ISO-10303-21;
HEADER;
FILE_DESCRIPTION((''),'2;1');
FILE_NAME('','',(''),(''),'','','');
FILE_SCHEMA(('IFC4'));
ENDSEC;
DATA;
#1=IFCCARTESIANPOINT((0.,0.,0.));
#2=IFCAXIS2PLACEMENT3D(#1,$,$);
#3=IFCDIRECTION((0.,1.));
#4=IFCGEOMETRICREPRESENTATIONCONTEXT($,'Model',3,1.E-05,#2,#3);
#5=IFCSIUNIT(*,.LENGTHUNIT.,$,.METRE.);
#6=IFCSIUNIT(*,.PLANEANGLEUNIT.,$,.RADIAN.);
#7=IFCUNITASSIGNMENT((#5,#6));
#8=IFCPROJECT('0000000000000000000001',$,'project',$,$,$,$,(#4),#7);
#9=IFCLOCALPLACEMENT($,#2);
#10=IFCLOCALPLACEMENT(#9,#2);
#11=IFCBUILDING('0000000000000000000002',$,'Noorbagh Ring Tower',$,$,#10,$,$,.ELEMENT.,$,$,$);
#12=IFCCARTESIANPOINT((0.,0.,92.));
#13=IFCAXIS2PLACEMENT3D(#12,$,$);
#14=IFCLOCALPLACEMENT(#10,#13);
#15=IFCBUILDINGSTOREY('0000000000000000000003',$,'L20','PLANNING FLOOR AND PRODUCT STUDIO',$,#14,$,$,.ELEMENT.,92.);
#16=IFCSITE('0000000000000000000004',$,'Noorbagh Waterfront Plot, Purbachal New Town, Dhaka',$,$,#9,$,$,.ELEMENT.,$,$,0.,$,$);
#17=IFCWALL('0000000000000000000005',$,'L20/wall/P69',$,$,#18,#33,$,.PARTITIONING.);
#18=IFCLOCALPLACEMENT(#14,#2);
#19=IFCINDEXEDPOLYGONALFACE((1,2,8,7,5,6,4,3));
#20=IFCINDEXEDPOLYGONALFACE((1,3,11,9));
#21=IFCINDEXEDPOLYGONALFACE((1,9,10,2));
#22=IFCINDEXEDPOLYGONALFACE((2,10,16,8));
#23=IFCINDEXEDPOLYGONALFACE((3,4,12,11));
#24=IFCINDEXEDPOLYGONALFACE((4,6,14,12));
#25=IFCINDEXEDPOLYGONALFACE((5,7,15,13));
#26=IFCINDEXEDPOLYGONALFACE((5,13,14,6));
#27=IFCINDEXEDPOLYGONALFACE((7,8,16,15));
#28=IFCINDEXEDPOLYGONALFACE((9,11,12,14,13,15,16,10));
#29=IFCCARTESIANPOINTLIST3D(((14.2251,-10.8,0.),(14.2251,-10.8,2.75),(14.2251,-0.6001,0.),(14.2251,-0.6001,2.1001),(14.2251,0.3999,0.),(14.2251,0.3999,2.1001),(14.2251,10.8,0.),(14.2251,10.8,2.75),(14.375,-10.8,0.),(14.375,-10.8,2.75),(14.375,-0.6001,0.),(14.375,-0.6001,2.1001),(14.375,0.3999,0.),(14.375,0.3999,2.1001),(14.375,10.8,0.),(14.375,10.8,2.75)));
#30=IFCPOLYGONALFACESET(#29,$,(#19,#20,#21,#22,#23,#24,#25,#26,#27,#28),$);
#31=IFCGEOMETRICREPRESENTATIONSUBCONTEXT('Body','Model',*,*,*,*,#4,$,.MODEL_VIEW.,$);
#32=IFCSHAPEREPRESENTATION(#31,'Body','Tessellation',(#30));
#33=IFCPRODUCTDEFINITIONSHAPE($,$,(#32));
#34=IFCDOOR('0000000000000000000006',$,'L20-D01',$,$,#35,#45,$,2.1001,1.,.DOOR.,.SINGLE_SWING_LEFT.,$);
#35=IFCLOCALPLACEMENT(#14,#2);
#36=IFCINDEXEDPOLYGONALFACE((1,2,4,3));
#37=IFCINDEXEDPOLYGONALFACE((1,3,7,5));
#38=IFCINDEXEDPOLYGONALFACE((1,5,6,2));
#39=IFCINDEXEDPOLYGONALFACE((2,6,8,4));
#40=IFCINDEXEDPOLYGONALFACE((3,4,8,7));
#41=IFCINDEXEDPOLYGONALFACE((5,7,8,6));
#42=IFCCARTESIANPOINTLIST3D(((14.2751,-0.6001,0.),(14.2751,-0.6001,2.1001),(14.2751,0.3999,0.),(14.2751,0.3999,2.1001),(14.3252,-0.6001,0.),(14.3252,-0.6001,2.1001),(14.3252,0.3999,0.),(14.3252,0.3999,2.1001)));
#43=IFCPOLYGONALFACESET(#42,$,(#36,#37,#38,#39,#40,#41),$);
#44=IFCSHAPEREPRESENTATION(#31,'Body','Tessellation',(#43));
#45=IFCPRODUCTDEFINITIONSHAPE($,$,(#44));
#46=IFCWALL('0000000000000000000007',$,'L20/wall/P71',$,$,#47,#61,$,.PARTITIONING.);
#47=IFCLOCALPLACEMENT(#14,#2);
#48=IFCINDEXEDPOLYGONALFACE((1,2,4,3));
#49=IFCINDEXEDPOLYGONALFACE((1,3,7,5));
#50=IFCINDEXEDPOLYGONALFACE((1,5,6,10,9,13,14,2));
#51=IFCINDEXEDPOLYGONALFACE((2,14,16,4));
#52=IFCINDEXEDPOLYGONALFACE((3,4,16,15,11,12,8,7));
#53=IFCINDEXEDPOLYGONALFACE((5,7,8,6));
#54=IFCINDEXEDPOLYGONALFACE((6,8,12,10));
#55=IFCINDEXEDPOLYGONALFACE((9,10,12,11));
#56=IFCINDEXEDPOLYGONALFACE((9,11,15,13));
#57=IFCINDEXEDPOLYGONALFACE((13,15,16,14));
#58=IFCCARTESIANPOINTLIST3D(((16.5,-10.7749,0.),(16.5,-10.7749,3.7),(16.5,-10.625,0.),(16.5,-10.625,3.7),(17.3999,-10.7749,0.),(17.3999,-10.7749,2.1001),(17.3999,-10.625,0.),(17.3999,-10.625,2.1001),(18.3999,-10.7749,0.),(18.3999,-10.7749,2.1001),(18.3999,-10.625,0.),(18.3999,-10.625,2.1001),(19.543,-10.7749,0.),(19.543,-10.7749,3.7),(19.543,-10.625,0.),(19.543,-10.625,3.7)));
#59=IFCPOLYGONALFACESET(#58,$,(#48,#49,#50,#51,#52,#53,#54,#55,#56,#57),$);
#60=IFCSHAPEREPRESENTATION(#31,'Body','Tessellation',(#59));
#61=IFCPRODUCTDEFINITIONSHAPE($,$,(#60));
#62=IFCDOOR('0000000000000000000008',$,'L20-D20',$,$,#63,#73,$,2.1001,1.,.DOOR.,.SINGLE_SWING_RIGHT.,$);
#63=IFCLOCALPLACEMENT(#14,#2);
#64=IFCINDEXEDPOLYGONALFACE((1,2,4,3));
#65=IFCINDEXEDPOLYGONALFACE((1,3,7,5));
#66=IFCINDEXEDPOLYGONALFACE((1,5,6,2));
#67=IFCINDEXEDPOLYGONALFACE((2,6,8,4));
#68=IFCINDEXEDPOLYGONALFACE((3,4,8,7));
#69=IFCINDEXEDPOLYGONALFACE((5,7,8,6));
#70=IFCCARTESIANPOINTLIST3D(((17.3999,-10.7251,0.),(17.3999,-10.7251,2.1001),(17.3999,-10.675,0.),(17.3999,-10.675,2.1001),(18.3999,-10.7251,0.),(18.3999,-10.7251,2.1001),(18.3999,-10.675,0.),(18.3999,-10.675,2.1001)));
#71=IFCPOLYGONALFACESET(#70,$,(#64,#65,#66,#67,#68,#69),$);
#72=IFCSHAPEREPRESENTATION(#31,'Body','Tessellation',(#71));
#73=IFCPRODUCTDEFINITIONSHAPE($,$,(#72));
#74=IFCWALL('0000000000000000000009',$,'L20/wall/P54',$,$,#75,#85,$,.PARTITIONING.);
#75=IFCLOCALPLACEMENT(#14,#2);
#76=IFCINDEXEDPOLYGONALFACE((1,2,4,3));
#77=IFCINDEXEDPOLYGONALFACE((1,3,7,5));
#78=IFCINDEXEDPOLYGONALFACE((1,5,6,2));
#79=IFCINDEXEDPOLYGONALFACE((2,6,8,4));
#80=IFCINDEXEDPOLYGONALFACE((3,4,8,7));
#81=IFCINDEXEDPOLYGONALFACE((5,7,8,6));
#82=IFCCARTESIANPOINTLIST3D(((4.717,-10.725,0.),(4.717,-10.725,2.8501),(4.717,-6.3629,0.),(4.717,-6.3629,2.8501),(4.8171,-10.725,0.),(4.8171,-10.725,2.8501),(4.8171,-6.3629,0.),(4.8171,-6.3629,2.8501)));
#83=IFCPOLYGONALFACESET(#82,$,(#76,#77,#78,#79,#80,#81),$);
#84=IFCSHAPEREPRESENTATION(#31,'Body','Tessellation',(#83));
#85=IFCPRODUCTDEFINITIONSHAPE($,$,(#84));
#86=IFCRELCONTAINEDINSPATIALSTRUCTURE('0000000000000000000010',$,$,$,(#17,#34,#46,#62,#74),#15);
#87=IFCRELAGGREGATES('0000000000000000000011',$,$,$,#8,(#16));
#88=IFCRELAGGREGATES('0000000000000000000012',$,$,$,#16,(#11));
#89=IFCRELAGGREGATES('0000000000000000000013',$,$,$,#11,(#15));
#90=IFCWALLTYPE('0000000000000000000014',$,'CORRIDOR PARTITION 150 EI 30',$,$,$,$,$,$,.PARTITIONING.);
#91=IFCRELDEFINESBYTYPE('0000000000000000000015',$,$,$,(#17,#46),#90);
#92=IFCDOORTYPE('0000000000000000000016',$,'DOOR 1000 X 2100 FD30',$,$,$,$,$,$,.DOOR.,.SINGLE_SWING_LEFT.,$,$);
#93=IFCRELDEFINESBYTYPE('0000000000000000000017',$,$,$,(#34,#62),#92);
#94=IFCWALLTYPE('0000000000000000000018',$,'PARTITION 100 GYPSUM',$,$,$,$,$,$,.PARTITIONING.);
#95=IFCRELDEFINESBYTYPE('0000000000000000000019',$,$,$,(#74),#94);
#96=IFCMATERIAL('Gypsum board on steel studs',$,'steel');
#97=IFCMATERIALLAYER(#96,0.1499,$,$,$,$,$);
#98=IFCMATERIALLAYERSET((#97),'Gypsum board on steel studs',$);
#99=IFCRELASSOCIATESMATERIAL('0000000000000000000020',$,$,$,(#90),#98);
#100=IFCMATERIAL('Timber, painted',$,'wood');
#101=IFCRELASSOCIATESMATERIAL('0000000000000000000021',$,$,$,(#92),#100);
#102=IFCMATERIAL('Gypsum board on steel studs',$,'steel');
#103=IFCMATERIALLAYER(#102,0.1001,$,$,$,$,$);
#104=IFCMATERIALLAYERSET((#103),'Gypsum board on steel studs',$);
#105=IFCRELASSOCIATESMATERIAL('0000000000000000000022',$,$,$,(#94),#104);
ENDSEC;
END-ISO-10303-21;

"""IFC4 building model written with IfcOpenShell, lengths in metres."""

from ifc_helpers import new_model, si_unit, direction, frame, frame_2d, origin, place, context, subcontext, project, spatial, rectangle, extrude, material, layer, layer_set, type_object, element, fill, save


model = new_model("IFC4")

# Units and contexts
model_context = context("Model", 3, precision=1e-05, world=origin(), true_north=direction((0.0, 1.0)))
body_context = subcontext(model_context, "Body", "Model", "MODEL_VIEW")
ifc_project = project(units=[si_unit("LENGTHUNIT", "METRE"), si_unit("PLANEANGLEUNIT", "RADIAN")], contexts=[model_context])

# Site, building, storey
site_placement = place(None, origin())
site = spatial("IfcSite", under=ifc_project, at=site_placement, Name="Noorbagh Waterfront Plot, Purbachal New Town, Dhaka", CompositionType="ELEMENT", RefElevation=0.0)
building_placement = place(site_placement, origin())
building = spatial("IfcBuilding", under=site, at=building_placement, Name="Noorbagh Ring Tower", CompositionType="ELEMENT")
storey_placement = place(building_placement, frame((0.0, 0.0, 92.0)))
storey = spatial("IfcBuildingStorey", under=building, at=storey_placement, Name="L20", Description="PLANNING FLOOR AND PRODUCT STUDIO", CompositionType="ELEMENT", Elevation=92.0)

# Walls, openings, doors
ifc_material_1 = material(Name="Gypsum board on steel studs", Category="steel")
ifc_layer_1 = layer(ifc_material_1, 0.1499)
ifc_layer_set_1 = layer_set([ifc_layer_1], Name="Gypsum board on steel studs")
wall_type_1 = type_object("IfcWallType", Name="CORRIDOR PARTITION 150 EI 30", PredefinedType="PARTITIONING", material=ifc_layer_set_1)
ifc_material_2 = material(Name="Timber, painted", Category="wood")
door_type_1 = type_object("IfcDoorType", Name="DOOR 1000 X 2100 FD30", OperationType="SINGLE_SWING_LEFT", PredefinedType="DOOR", material=ifc_material_2)
wall_1_placement = place(storey_placement, frame((14.3, -10.8, 0.0), z_axis=(0.0, 0.0, 1.0), x_axis=(0.0, 1.0, 0.0)))
wall_1 = element("IfcWall", 1, at=wall_1_placement, inside=storey, type_object=wall_type_1, Name="L20/wall/P69", PredefinedType="PARTITIONING", context=body_context, shape_type="SweptSolid", body=[
    extrude(rectangle(XDim=21.6001, YDim=0.1499, at=frame_2d((10.8, 0.0))), origin(), (0.0, 0.0, 1.0), 2.75),
])
opening_1_placement = place(wall_1_placement, frame((10.2, 0.0, 0.0)))
opening_1 = element("IfcOpeningElement", 2, at=opening_1_placement, cuts=wall_1, PredefinedType="OPENING", context=body_context, shape_type="SweptSolid", body=[
    extrude(rectangle(XDim=1.0, YDim=2.1001, at=frame_2d((0.5, 1.05))), frame((0.0, 0.085, 0.0), z_axis=(0.0, -1.0, 0.0), x_axis=(1.0, 0.0, 0.0)), (0.0, 0.0, 1.0), 0.1699),
])
door_1_placement = place(opening_1_placement, origin())
door_1 = element("IfcDoor", 3, at=door_1_placement, inside=storey, type_object=door_type_1, Name="L20-D01", OperationType="SINGLE_SWING_LEFT", OverallHeight=2.1001, OverallWidth=1.0, PredefinedType="DOOR", context=body_context, shape_type="SweptSolid", body=[
    extrude(rectangle(XDim=1.0, YDim=2.1001, at=frame_2d((0.5, 1.05))), frame((0.0, 0.0249, 0.0), z_axis=(0.0, -1.0, 0.0), x_axis=(1.0, 0.0, 0.0)), (0.0, 0.0, 1.0), 0.05),
])
fill(opening_1, door_1)
wall_2_placement = place(storey_placement, frame((16.5, -10.7, 0.0), z_axis=(0.0, 0.0, 1.0), x_axis=(1.0, 0.0, 0.0)))
wall_2 = element("IfcWall", 4, at=wall_2_placement, inside=storey, type_object=wall_type_1, Name="L20/wall/P71", PredefinedType="PARTITIONING", context=body_context, shape_type="SweptSolid", body=[
    extrude(rectangle(XDim=3.043, YDim=0.1499, at=frame_2d((1.5215, 0.0))), origin(), (0.0, 0.0, 1.0), 3.7),
])
opening_2_placement = place(wall_2_placement, frame((0.8999, 0.0, 0.0)))
opening_2 = element("IfcOpeningElement", 5, at=opening_2_placement, cuts=wall_2, PredefinedType="OPENING", context=body_context, shape_type="SweptSolid", body=[
    extrude(rectangle(XDim=1.0, YDim=2.1001, at=frame_2d((0.5, 1.05))), frame((0.0, 0.085, 0.0), z_axis=(0.0, -1.0, 0.0), x_axis=(1.0, 0.0, 0.0)), (0.0, 0.0, 1.0), 0.1699),
])
door_2_placement = place(opening_2_placement, origin())
door_2 = element("IfcDoor", 6, at=door_2_placement, inside=storey, type_object=door_type_1, Name="L20-D20", OperationType="SINGLE_SWING_RIGHT", OverallHeight=2.1001, OverallWidth=1.0, PredefinedType="DOOR", context=body_context, shape_type="SweptSolid", body=[
    extrude(rectangle(XDim=1.0, YDim=2.1001, at=frame_2d((0.5, 1.05))), frame((0.0, 0.0249, 0.0), z_axis=(0.0, -1.0, 0.0), x_axis=(1.0, 0.0, 0.0)), (0.0, 0.0, 1.0), 0.05),
])
fill(opening_2, door_2)

# Wall
ifc_material_3 = material(Name="Gypsum board on steel studs", Category="steel")
ifc_layer_2 = layer(ifc_material_3, 0.1001)
ifc_layer_set_2 = layer_set([ifc_layer_2], Name="Gypsum board on steel studs")
wall_type_2 = type_object("IfcWallType", Name="PARTITION 100 GYPSUM", PredefinedType="PARTITIONING", material=ifc_layer_set_2)
wall_3_placement = place(storey_placement, frame((4.7671, -10.7251, 0.0), z_axis=(0.0, 0.0, 1.0), x_axis=(0.0, 1.0, 0.0)))
element("IfcWall", 7, at=wall_3_placement, inside=storey, type_object=wall_type_2, Name="L20/wall/P54", PredefinedType="PARTITIONING", context=body_context, shape_type="SweptSolid", body=[
    extrude(rectangle(XDim=4.3621, YDim=0.1001, at=frame_2d((2.1812, 0.0))), origin(), (0.0, 0.0, 1.0), 2.8501),
])

save(model, "model.ifc")
